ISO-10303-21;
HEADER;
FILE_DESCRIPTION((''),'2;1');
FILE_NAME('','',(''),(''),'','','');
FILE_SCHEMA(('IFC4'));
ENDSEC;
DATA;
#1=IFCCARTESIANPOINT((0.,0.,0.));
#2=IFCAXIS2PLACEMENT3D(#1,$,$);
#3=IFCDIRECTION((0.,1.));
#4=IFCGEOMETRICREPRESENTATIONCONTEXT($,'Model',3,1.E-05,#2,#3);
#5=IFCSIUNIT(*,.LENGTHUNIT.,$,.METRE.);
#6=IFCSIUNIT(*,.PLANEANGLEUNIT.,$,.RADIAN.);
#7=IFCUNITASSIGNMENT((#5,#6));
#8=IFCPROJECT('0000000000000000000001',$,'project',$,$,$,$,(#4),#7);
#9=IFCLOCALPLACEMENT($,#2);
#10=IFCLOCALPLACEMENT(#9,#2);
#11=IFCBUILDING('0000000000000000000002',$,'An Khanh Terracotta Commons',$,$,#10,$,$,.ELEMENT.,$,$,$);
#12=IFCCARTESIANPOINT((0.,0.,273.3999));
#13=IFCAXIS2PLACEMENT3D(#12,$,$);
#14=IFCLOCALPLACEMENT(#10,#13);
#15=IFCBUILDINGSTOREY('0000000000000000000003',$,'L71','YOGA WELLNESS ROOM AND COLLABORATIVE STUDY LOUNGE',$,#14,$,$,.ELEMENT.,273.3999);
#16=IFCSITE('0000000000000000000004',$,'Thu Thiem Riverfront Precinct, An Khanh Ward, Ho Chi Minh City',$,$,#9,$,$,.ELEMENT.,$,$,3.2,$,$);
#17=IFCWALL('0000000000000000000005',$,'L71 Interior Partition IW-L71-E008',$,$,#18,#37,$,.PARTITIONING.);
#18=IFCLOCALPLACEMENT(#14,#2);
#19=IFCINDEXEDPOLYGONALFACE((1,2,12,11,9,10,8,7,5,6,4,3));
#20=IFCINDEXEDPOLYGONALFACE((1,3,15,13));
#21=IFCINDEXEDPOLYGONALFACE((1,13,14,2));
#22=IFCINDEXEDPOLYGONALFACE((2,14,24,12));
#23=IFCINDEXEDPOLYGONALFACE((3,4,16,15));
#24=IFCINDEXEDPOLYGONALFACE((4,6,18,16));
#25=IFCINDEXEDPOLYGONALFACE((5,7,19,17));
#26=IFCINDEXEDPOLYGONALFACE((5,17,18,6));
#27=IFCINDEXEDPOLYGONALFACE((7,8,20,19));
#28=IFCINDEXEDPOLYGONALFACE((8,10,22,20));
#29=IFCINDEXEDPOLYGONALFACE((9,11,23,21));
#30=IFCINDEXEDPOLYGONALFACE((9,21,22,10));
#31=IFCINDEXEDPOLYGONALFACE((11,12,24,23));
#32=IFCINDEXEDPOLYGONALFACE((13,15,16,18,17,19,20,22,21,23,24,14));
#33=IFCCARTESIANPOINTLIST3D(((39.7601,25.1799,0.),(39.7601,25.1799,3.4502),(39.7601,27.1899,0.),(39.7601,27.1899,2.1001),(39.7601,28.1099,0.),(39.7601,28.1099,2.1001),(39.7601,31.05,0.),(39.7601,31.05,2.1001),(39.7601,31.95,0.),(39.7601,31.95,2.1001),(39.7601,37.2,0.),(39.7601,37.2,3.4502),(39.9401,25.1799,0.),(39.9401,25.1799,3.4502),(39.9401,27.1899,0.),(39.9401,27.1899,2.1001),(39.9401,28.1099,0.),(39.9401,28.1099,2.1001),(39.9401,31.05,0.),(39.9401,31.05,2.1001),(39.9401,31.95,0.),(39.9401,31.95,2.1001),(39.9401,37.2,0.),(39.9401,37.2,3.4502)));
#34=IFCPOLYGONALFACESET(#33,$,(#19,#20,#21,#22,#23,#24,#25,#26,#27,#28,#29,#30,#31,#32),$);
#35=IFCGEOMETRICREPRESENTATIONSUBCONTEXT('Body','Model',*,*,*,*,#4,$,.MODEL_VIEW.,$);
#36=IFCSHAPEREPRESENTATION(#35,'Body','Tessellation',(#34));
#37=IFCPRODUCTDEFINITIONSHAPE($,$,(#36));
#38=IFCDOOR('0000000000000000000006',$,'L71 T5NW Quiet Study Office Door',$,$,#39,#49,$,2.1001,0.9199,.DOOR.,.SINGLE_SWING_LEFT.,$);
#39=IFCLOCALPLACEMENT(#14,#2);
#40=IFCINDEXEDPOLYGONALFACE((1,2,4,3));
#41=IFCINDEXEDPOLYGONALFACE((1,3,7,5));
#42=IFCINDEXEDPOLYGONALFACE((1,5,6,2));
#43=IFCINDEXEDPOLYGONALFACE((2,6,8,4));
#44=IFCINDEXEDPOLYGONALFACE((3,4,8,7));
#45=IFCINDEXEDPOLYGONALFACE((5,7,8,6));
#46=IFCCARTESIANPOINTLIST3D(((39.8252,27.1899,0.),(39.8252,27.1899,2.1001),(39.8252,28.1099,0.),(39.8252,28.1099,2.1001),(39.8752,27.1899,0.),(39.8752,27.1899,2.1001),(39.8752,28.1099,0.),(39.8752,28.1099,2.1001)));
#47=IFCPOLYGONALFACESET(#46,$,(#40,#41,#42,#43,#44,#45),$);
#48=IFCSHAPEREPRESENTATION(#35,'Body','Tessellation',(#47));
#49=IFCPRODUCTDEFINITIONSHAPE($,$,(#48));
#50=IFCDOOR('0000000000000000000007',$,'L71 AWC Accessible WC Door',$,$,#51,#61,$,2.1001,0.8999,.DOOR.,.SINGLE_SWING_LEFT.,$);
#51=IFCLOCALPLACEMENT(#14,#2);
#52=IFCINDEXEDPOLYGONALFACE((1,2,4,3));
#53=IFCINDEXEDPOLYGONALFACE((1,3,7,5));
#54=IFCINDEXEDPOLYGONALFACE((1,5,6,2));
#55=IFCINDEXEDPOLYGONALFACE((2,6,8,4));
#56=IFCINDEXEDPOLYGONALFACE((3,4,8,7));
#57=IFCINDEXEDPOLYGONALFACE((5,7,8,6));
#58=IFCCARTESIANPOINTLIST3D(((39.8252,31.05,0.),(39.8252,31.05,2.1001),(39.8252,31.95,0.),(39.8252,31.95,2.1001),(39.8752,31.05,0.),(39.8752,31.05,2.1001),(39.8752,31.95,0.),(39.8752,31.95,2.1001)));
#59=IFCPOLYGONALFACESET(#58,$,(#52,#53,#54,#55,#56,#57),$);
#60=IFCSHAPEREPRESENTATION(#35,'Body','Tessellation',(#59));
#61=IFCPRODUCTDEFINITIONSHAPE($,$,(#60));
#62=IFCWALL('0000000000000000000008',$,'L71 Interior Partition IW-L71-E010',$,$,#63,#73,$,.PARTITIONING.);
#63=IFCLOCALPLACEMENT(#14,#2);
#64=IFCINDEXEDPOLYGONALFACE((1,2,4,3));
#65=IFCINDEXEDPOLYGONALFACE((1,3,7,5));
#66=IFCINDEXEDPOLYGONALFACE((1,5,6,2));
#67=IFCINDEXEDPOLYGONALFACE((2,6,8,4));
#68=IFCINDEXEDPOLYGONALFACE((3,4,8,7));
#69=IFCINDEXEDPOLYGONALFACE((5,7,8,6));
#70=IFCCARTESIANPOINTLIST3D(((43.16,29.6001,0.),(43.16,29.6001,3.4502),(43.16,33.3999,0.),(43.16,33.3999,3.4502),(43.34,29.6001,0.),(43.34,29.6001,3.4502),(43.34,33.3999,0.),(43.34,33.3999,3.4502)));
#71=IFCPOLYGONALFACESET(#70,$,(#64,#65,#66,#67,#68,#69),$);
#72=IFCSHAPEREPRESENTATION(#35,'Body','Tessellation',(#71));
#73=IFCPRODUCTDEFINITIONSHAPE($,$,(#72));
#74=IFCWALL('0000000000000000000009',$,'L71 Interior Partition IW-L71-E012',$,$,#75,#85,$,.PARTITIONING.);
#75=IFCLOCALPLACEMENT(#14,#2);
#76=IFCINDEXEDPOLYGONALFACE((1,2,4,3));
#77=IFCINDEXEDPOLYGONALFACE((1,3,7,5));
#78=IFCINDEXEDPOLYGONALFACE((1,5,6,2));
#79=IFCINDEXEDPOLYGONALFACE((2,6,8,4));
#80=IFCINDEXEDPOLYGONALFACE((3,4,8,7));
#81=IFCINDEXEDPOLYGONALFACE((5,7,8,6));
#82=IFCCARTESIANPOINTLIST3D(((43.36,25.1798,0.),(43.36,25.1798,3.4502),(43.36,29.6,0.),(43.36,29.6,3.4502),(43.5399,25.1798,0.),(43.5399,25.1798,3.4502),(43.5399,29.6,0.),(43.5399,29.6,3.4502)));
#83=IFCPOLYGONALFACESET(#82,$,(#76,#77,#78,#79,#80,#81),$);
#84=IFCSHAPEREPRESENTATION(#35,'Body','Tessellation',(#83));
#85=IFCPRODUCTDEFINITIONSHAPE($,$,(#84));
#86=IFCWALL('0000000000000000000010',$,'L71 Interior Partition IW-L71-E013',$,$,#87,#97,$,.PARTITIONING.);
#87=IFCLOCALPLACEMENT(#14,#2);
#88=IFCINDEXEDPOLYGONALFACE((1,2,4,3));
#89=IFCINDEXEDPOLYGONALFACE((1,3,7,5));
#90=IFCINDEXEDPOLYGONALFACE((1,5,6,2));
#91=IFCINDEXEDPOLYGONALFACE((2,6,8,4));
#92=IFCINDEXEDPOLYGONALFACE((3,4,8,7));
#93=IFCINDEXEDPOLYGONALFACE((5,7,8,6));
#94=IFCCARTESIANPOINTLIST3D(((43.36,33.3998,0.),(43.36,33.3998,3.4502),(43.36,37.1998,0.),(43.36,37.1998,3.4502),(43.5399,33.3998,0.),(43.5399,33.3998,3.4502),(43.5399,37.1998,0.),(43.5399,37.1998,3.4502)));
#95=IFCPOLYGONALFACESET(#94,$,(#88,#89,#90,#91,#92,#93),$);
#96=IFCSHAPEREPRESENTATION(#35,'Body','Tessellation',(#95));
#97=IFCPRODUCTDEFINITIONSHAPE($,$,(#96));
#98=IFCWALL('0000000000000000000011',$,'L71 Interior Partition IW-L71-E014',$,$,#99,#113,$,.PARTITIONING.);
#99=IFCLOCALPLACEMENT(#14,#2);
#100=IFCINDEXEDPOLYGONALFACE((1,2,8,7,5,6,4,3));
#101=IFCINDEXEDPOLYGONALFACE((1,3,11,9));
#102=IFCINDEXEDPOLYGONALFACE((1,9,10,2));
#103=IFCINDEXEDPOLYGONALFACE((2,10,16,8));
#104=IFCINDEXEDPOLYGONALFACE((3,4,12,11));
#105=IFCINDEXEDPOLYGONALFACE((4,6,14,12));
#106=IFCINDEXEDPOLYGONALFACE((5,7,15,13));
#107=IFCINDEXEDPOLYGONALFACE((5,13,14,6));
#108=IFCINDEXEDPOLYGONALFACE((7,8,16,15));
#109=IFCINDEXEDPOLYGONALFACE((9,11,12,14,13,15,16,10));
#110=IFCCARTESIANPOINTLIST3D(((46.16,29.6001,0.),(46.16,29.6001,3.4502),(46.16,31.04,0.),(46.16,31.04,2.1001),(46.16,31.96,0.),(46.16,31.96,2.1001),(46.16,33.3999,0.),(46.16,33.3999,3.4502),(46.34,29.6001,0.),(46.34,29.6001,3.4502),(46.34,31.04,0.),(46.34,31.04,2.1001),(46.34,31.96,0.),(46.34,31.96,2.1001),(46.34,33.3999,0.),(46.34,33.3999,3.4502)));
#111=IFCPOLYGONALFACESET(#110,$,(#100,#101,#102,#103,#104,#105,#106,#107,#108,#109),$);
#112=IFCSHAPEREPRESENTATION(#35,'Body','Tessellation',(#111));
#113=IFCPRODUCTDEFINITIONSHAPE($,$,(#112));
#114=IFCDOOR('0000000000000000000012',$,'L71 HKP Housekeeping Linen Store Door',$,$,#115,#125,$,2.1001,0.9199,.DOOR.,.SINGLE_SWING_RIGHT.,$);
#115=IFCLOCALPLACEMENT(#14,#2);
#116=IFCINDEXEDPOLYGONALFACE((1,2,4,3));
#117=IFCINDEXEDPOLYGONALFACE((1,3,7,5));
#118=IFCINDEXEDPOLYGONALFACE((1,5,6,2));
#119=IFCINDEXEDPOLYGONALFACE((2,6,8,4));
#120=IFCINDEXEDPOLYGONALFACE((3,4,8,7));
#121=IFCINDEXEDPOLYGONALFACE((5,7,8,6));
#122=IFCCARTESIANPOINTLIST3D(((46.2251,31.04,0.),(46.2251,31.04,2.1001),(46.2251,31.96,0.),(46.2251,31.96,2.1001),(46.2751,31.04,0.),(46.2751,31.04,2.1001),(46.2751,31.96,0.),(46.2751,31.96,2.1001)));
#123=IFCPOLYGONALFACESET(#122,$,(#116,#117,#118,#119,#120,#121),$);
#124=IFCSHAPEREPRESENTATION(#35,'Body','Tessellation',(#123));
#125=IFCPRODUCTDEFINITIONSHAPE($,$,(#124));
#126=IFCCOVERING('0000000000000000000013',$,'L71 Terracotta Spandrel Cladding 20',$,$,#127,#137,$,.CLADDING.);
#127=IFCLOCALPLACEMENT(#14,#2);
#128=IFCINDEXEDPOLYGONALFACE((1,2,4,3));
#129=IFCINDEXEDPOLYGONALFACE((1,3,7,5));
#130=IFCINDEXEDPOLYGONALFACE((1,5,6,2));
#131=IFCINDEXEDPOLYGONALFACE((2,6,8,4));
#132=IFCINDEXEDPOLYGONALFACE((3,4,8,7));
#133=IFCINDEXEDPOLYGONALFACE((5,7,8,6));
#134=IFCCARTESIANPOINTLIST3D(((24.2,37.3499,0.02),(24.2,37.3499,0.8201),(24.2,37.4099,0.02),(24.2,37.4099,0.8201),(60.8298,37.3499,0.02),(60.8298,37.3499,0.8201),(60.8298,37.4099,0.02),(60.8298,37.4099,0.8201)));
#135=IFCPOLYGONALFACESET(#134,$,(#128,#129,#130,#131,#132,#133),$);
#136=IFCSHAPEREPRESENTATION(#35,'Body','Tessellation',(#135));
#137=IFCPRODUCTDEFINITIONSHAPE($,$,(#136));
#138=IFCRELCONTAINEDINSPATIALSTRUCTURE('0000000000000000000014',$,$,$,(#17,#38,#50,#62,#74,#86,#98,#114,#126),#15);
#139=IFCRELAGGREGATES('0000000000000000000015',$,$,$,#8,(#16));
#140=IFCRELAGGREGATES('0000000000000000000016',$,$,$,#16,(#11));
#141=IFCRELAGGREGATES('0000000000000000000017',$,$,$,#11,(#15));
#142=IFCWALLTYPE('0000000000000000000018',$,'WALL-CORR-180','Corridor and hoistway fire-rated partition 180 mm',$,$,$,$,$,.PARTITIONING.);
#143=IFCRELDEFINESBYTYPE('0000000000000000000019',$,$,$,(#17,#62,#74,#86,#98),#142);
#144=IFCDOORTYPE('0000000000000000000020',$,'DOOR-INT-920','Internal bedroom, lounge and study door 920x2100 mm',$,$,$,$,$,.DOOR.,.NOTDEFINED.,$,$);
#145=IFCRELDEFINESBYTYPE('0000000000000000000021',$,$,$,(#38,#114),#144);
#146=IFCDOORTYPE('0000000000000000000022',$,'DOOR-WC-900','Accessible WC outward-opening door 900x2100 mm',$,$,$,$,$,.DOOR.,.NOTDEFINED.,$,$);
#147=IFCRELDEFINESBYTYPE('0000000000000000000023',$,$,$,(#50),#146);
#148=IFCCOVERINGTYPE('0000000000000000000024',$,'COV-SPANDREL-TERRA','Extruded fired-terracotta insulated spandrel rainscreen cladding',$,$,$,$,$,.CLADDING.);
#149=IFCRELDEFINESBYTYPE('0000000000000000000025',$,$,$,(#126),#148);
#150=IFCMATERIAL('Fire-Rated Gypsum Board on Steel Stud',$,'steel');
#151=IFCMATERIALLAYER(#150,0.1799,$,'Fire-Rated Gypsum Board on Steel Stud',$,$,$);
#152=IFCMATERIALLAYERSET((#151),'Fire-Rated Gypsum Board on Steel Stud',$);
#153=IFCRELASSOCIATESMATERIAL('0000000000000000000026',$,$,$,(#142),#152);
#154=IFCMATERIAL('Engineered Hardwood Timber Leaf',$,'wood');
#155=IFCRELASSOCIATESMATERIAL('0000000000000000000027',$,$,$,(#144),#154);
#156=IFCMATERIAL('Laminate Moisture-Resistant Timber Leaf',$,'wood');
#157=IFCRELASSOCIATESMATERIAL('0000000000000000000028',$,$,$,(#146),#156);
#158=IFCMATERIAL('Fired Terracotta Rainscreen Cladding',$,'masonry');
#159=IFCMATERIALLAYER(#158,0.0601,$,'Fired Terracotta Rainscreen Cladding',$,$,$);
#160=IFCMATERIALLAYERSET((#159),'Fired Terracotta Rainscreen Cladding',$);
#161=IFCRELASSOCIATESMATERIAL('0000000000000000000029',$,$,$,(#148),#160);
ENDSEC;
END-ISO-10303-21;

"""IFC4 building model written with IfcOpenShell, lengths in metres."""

from ifc_helpers import new_model, si_unit, direction, frame, frame_2d, origin, origin_2d, place, context, subcontext, project, spatial, rectangle, extrude, material, layer, layer_set, type_object, element, fill, save


model = new_model("IFC4")

# Units and contexts
model_context = context("Model", 3, precision=1e-05, world=origin(), true_north=direction((0.0, 1.0)))
body_context = subcontext(model_context, "Body", "Model", "MODEL_VIEW")
ifc_project = project(units=[si_unit("LENGTHUNIT", "METRE"), si_unit("PLANEANGLEUNIT", "RADIAN")], contexts=[model_context])

# Site, building, storey
site_placement = place(None, origin())
site = spatial("IfcSite", under=ifc_project, at=site_placement, Name="Thu Thiem Riverfront Precinct, An Khanh Ward, Ho Chi Minh City", CompositionType="ELEMENT", RefElevation=3.2)
building_placement = place(site_placement, origin())
building = spatial("IfcBuilding", under=site, at=building_placement, Name="An Khanh Terracotta Commons", CompositionType="ELEMENT")
storey_placement = place(building_placement, frame((0.0, 0.0, 273.3999)))
storey = spatial("IfcBuildingStorey", under=building, at=storey_placement, Name="L71", Description="YOGA WELLNESS ROOM AND COLLABORATIVE STUDY LOUNGE", CompositionType="ELEMENT", Elevation=273.3999)

# Wall, openings, doors
ifc_material_1 = material(Name="Fire-Rated Gypsum Board on Steel Stud", Category="steel")
ifc_layer_1 = layer(ifc_material_1, 0.1799, Name="Fire-Rated Gypsum Board on Steel Stud")
ifc_layer_set_1 = layer_set([ifc_layer_1], Name="Fire-Rated Gypsum Board on Steel Stud")
wall_type = type_object("IfcWallType", Name="WALL-CORR-180", Description="Corridor and hoistway fire-rated partition 180 mm", PredefinedType="PARTITIONING", material=ifc_layer_set_1)
wall_1_placement = place(storey_placement, frame((39.8501, 25.1799, 0.0), z_axis=(0.0, 0.0, 1.0), x_axis=(0.0, 1.0, 0.0)))
wall_1 = element("IfcWall", 1, at=wall_1_placement, inside=storey, type_object=wall_type, Name="L71 Interior Partition IW-L71-E008", PredefinedType="PARTITIONING", context=body_context, shape_type="SweptSolid", body=[
    extrude(rectangle(XDim=12.02, YDim=0.1799, at=frame_2d((6.01, 0.0))), origin(), (0.0, 0.0, 1.0), 3.4502),
])
opening_1_placement = place(wall_1_placement, frame((5.8701, 0.0, 0.0)))
opening_1 = element("IfcOpeningElement", 2, at=opening_1_placement, cuts=wall_1, PredefinedType="OPENING", context=body_context, shape_type="SweptSolid", body=[
    extrude(rectangle(XDim=0.8999, YDim=2.1001, at=frame_2d((0.45, 1.05))), frame((0.0, 0.0999, 0.0), z_axis=(0.0, -1.0, 0.0), x_axis=(1.0, 0.0, 0.0)), (0.0, 0.0, 1.0), 0.2),
])
opening_2_placement = place(wall_1_placement, frame((2.01, 0.0, 0.0)))
opening_2 = element("IfcOpeningElement", 3, at=opening_2_placement, cuts=wall_1, PredefinedType="OPENING", context=body_context, shape_type="SweptSolid", body=[
    extrude(rectangle(XDim=0.9199, YDim=2.1001, at=frame_2d((0.46, 1.05))), frame((0.0, 0.0999, 0.0), z_axis=(0.0, -1.0, 0.0), x_axis=(1.0, 0.0, 0.0)), (0.0, 0.0, 1.0), 0.2),
])
ifc_material_2 = material(Name="Engineered Hardwood Timber Leaf", Category="wood")
door_type_1 = type_object("IfcDoorType", Name="DOOR-INT-920", Description="Internal bedroom, lounge and study door 920x2100 mm", OperationType="NOTDEFINED", PredefinedType="DOOR", material=ifc_material_2)
door_1_placement = place(opening_2_placement, origin())
door_1 = element("IfcDoor", 4, at=door_1_placement, inside=storey, type_object=door_type_1, Name="L71 T5NW Quiet Study Office Door", OperationType="SINGLE_SWING_LEFT", OverallHeight=2.1001, OverallWidth=0.9199, PredefinedType="DOOR", context=body_context, shape_type="SweptSolid", body=[
    extrude(rectangle(XDim=0.9199, YDim=2.1001, at=frame_2d((0.46, 1.05))), frame((0.0, 0.0249, 0.0), z_axis=(0.0, -1.0, 0.0), x_axis=(1.0, 0.0, 0.0)), (0.0, 0.0, 1.0), 0.05),
])
fill(opening_2, door_1)
ifc_material_3 = material(Name="Laminate Moisture-Resistant Timber Leaf", Category="wood")
door_type_2 = type_object("IfcDoorType", Name="DOOR-WC-900", Description="Accessible WC outward-opening door 900x2100 mm", OperationType="NOTDEFINED", PredefinedType="DOOR", material=ifc_material_3)
door_2_placement = place(opening_1_placement, origin())
door_2 = element("IfcDoor", 5, at=door_2_placement, inside=storey, type_object=door_type_2, Name="L71 AWC Accessible WC Door", OperationType="SINGLE_SWING_LEFT", OverallHeight=2.1001, OverallWidth=0.8999, PredefinedType="DOOR", context=body_context, shape_type="SweptSolid", body=[
    extrude(rectangle(XDim=0.8999, YDim=2.1001, at=frame_2d((0.45, 1.05))), frame((0.0, 0.0249, 0.0), z_axis=(0.0, -1.0, 0.0), x_axis=(1.0, 0.0, 0.0)), (0.0, 0.0, 1.0), 0.05),
])
fill(opening_1, door_2)

# Walls
wall_2_placement = place(storey_placement, frame((43.25, 29.6001, 0.0), z_axis=(0.0, 0.0, 1.0), x_axis=(0.0, 1.0, 0.0)))
element("IfcWall", 6, at=wall_2_placement, inside=storey, type_object=wall_type, Name="L71 Interior Partition IW-L71-E010", PredefinedType="PARTITIONING", context=body_context, shape_type="SweptSolid", body=[
    extrude(rectangle(XDim=3.7998, YDim=0.1799, at=frame_2d((1.8999, 0.0))), origin(), (0.0, 0.0, 1.0), 3.4502),
])
wall_3_placement = place(storey_placement, frame((43.45, 25.1799, 0.0), z_axis=(0.0, 0.0, 1.0), x_axis=(0.0, 1.0, 0.0)))
element("IfcWall", 7, at=wall_3_placement, inside=storey, type_object=wall_type, Name="L71 Interior Partition IW-L71-E012", PredefinedType="PARTITIONING", context=body_context, shape_type="SweptSolid", body=[
    extrude(rectangle(XDim=4.4202, YDim=0.1799, at=frame_2d((2.21, 0.0))), origin(), (0.0, 0.0, 1.0), 3.4502),
])
wall_4_placement = place(storey_placement, frame((43.45, 33.3999, 0.0), z_axis=(0.0, 0.0, 1.0), x_axis=(0.0, 1.0, 0.0)))
element("IfcWall", 8, at=wall_4_placement, inside=storey, type_object=wall_type, Name="L71 Interior Partition IW-L71-E013", PredefinedType="PARTITIONING", context=body_context, shape_type="SweptSolid", body=[
    extrude(rectangle(XDim=3.8, YDim=0.1799, at=frame_2d((1.8999, 0.0))), origin(), (0.0, 0.0, 1.0), 3.4502),
])

# Wall, opening, door
wall_5_placement = place(storey_placement, frame((46.25, 29.6001, 0.0), z_axis=(0.0, 0.0, 1.0), x_axis=(0.0, 1.0, 0.0)))
wall_5 = element("IfcWall", 9, at=wall_5_placement, inside=storey, type_object=wall_type, Name="L71 Interior Partition IW-L71-E014", PredefinedType="PARTITIONING", context=body_context, shape_type="SweptSolid", body=[
    extrude(rectangle(XDim=3.7998, YDim=0.1799, at=frame_2d((1.8999, 0.0))), origin(), (0.0, 0.0, 1.0), 3.4502),
])
opening_3_placement = place(wall_5_placement, frame((1.4399, 0.0, 0.0)))
opening_3 = element("IfcOpeningElement", 10, at=opening_3_placement, cuts=wall_5, PredefinedType="OPENING", context=body_context, shape_type="SweptSolid", body=[
    extrude(rectangle(XDim=0.9199, YDim=2.1001, at=frame_2d((0.46, 1.05))), frame((0.0, 0.0999, 0.0), z_axis=(0.0, -1.0, 0.0), x_axis=(1.0, 0.0, 0.0)), (0.0, 0.0, 1.0), 0.2),
])
door_3_placement = place(opening_3_placement, origin())
door_3 = element("IfcDoor", 11, at=door_3_placement, inside=storey, type_object=door_type_1, Name="L71 HKP Housekeeping Linen Store Door", OperationType="SINGLE_SWING_RIGHT", OverallHeight=2.1001, OverallWidth=0.9199, PredefinedType="DOOR", context=body_context, shape_type="SweptSolid", body=[
    extrude(rectangle(XDim=0.9199, YDim=2.1001, at=frame_2d((0.46, 1.05))), frame((0.0, 0.0249, 0.0), z_axis=(0.0, -1.0, 0.0), x_axis=(1.0, 0.0, 0.0)), (0.0, 0.0, 1.0), 0.05),
])
fill(opening_3, door_3)

# Covering
ifc_material_4 = material(Name="Fired Terracotta Rainscreen Cladding", Category="masonry")
ifc_layer_2 = layer(ifc_material_4, 0.0601, Name="Fired Terracotta Rainscreen Cladding")
ifc_layer_set_2 = layer_set([ifc_layer_2], Name="Fired Terracotta Rainscreen Cladding")
covering_type = type_object("IfcCoveringType", Name="COV-SPANDREL-TERRA", Description="Extruded fired-terracotta insulated spandrel rainscreen cladding", PredefinedType="CLADDING", material=ifc_layer_set_2)
covering_placement = place(storey_placement, frame((42.5149, 37.3799, 0.02), z_axis=(0.0, 0.0, 1.0), x_axis=(-1.0, 0.0, 0.0)))
element("IfcCovering", 12, at=covering_placement, inside=storey, type_object=covering_type, Name="L71 Terracotta Spandrel Cladding 20", PredefinedType="CLADDING", context=body_context, shape_type="SweptSolid", body=[
    extrude(rectangle(XDim=36.6299, YDim=0.0601, at=origin_2d()), origin(), (0.0, 0.0, 1.0), 0.8),
])

save(model, "model.ifc")
